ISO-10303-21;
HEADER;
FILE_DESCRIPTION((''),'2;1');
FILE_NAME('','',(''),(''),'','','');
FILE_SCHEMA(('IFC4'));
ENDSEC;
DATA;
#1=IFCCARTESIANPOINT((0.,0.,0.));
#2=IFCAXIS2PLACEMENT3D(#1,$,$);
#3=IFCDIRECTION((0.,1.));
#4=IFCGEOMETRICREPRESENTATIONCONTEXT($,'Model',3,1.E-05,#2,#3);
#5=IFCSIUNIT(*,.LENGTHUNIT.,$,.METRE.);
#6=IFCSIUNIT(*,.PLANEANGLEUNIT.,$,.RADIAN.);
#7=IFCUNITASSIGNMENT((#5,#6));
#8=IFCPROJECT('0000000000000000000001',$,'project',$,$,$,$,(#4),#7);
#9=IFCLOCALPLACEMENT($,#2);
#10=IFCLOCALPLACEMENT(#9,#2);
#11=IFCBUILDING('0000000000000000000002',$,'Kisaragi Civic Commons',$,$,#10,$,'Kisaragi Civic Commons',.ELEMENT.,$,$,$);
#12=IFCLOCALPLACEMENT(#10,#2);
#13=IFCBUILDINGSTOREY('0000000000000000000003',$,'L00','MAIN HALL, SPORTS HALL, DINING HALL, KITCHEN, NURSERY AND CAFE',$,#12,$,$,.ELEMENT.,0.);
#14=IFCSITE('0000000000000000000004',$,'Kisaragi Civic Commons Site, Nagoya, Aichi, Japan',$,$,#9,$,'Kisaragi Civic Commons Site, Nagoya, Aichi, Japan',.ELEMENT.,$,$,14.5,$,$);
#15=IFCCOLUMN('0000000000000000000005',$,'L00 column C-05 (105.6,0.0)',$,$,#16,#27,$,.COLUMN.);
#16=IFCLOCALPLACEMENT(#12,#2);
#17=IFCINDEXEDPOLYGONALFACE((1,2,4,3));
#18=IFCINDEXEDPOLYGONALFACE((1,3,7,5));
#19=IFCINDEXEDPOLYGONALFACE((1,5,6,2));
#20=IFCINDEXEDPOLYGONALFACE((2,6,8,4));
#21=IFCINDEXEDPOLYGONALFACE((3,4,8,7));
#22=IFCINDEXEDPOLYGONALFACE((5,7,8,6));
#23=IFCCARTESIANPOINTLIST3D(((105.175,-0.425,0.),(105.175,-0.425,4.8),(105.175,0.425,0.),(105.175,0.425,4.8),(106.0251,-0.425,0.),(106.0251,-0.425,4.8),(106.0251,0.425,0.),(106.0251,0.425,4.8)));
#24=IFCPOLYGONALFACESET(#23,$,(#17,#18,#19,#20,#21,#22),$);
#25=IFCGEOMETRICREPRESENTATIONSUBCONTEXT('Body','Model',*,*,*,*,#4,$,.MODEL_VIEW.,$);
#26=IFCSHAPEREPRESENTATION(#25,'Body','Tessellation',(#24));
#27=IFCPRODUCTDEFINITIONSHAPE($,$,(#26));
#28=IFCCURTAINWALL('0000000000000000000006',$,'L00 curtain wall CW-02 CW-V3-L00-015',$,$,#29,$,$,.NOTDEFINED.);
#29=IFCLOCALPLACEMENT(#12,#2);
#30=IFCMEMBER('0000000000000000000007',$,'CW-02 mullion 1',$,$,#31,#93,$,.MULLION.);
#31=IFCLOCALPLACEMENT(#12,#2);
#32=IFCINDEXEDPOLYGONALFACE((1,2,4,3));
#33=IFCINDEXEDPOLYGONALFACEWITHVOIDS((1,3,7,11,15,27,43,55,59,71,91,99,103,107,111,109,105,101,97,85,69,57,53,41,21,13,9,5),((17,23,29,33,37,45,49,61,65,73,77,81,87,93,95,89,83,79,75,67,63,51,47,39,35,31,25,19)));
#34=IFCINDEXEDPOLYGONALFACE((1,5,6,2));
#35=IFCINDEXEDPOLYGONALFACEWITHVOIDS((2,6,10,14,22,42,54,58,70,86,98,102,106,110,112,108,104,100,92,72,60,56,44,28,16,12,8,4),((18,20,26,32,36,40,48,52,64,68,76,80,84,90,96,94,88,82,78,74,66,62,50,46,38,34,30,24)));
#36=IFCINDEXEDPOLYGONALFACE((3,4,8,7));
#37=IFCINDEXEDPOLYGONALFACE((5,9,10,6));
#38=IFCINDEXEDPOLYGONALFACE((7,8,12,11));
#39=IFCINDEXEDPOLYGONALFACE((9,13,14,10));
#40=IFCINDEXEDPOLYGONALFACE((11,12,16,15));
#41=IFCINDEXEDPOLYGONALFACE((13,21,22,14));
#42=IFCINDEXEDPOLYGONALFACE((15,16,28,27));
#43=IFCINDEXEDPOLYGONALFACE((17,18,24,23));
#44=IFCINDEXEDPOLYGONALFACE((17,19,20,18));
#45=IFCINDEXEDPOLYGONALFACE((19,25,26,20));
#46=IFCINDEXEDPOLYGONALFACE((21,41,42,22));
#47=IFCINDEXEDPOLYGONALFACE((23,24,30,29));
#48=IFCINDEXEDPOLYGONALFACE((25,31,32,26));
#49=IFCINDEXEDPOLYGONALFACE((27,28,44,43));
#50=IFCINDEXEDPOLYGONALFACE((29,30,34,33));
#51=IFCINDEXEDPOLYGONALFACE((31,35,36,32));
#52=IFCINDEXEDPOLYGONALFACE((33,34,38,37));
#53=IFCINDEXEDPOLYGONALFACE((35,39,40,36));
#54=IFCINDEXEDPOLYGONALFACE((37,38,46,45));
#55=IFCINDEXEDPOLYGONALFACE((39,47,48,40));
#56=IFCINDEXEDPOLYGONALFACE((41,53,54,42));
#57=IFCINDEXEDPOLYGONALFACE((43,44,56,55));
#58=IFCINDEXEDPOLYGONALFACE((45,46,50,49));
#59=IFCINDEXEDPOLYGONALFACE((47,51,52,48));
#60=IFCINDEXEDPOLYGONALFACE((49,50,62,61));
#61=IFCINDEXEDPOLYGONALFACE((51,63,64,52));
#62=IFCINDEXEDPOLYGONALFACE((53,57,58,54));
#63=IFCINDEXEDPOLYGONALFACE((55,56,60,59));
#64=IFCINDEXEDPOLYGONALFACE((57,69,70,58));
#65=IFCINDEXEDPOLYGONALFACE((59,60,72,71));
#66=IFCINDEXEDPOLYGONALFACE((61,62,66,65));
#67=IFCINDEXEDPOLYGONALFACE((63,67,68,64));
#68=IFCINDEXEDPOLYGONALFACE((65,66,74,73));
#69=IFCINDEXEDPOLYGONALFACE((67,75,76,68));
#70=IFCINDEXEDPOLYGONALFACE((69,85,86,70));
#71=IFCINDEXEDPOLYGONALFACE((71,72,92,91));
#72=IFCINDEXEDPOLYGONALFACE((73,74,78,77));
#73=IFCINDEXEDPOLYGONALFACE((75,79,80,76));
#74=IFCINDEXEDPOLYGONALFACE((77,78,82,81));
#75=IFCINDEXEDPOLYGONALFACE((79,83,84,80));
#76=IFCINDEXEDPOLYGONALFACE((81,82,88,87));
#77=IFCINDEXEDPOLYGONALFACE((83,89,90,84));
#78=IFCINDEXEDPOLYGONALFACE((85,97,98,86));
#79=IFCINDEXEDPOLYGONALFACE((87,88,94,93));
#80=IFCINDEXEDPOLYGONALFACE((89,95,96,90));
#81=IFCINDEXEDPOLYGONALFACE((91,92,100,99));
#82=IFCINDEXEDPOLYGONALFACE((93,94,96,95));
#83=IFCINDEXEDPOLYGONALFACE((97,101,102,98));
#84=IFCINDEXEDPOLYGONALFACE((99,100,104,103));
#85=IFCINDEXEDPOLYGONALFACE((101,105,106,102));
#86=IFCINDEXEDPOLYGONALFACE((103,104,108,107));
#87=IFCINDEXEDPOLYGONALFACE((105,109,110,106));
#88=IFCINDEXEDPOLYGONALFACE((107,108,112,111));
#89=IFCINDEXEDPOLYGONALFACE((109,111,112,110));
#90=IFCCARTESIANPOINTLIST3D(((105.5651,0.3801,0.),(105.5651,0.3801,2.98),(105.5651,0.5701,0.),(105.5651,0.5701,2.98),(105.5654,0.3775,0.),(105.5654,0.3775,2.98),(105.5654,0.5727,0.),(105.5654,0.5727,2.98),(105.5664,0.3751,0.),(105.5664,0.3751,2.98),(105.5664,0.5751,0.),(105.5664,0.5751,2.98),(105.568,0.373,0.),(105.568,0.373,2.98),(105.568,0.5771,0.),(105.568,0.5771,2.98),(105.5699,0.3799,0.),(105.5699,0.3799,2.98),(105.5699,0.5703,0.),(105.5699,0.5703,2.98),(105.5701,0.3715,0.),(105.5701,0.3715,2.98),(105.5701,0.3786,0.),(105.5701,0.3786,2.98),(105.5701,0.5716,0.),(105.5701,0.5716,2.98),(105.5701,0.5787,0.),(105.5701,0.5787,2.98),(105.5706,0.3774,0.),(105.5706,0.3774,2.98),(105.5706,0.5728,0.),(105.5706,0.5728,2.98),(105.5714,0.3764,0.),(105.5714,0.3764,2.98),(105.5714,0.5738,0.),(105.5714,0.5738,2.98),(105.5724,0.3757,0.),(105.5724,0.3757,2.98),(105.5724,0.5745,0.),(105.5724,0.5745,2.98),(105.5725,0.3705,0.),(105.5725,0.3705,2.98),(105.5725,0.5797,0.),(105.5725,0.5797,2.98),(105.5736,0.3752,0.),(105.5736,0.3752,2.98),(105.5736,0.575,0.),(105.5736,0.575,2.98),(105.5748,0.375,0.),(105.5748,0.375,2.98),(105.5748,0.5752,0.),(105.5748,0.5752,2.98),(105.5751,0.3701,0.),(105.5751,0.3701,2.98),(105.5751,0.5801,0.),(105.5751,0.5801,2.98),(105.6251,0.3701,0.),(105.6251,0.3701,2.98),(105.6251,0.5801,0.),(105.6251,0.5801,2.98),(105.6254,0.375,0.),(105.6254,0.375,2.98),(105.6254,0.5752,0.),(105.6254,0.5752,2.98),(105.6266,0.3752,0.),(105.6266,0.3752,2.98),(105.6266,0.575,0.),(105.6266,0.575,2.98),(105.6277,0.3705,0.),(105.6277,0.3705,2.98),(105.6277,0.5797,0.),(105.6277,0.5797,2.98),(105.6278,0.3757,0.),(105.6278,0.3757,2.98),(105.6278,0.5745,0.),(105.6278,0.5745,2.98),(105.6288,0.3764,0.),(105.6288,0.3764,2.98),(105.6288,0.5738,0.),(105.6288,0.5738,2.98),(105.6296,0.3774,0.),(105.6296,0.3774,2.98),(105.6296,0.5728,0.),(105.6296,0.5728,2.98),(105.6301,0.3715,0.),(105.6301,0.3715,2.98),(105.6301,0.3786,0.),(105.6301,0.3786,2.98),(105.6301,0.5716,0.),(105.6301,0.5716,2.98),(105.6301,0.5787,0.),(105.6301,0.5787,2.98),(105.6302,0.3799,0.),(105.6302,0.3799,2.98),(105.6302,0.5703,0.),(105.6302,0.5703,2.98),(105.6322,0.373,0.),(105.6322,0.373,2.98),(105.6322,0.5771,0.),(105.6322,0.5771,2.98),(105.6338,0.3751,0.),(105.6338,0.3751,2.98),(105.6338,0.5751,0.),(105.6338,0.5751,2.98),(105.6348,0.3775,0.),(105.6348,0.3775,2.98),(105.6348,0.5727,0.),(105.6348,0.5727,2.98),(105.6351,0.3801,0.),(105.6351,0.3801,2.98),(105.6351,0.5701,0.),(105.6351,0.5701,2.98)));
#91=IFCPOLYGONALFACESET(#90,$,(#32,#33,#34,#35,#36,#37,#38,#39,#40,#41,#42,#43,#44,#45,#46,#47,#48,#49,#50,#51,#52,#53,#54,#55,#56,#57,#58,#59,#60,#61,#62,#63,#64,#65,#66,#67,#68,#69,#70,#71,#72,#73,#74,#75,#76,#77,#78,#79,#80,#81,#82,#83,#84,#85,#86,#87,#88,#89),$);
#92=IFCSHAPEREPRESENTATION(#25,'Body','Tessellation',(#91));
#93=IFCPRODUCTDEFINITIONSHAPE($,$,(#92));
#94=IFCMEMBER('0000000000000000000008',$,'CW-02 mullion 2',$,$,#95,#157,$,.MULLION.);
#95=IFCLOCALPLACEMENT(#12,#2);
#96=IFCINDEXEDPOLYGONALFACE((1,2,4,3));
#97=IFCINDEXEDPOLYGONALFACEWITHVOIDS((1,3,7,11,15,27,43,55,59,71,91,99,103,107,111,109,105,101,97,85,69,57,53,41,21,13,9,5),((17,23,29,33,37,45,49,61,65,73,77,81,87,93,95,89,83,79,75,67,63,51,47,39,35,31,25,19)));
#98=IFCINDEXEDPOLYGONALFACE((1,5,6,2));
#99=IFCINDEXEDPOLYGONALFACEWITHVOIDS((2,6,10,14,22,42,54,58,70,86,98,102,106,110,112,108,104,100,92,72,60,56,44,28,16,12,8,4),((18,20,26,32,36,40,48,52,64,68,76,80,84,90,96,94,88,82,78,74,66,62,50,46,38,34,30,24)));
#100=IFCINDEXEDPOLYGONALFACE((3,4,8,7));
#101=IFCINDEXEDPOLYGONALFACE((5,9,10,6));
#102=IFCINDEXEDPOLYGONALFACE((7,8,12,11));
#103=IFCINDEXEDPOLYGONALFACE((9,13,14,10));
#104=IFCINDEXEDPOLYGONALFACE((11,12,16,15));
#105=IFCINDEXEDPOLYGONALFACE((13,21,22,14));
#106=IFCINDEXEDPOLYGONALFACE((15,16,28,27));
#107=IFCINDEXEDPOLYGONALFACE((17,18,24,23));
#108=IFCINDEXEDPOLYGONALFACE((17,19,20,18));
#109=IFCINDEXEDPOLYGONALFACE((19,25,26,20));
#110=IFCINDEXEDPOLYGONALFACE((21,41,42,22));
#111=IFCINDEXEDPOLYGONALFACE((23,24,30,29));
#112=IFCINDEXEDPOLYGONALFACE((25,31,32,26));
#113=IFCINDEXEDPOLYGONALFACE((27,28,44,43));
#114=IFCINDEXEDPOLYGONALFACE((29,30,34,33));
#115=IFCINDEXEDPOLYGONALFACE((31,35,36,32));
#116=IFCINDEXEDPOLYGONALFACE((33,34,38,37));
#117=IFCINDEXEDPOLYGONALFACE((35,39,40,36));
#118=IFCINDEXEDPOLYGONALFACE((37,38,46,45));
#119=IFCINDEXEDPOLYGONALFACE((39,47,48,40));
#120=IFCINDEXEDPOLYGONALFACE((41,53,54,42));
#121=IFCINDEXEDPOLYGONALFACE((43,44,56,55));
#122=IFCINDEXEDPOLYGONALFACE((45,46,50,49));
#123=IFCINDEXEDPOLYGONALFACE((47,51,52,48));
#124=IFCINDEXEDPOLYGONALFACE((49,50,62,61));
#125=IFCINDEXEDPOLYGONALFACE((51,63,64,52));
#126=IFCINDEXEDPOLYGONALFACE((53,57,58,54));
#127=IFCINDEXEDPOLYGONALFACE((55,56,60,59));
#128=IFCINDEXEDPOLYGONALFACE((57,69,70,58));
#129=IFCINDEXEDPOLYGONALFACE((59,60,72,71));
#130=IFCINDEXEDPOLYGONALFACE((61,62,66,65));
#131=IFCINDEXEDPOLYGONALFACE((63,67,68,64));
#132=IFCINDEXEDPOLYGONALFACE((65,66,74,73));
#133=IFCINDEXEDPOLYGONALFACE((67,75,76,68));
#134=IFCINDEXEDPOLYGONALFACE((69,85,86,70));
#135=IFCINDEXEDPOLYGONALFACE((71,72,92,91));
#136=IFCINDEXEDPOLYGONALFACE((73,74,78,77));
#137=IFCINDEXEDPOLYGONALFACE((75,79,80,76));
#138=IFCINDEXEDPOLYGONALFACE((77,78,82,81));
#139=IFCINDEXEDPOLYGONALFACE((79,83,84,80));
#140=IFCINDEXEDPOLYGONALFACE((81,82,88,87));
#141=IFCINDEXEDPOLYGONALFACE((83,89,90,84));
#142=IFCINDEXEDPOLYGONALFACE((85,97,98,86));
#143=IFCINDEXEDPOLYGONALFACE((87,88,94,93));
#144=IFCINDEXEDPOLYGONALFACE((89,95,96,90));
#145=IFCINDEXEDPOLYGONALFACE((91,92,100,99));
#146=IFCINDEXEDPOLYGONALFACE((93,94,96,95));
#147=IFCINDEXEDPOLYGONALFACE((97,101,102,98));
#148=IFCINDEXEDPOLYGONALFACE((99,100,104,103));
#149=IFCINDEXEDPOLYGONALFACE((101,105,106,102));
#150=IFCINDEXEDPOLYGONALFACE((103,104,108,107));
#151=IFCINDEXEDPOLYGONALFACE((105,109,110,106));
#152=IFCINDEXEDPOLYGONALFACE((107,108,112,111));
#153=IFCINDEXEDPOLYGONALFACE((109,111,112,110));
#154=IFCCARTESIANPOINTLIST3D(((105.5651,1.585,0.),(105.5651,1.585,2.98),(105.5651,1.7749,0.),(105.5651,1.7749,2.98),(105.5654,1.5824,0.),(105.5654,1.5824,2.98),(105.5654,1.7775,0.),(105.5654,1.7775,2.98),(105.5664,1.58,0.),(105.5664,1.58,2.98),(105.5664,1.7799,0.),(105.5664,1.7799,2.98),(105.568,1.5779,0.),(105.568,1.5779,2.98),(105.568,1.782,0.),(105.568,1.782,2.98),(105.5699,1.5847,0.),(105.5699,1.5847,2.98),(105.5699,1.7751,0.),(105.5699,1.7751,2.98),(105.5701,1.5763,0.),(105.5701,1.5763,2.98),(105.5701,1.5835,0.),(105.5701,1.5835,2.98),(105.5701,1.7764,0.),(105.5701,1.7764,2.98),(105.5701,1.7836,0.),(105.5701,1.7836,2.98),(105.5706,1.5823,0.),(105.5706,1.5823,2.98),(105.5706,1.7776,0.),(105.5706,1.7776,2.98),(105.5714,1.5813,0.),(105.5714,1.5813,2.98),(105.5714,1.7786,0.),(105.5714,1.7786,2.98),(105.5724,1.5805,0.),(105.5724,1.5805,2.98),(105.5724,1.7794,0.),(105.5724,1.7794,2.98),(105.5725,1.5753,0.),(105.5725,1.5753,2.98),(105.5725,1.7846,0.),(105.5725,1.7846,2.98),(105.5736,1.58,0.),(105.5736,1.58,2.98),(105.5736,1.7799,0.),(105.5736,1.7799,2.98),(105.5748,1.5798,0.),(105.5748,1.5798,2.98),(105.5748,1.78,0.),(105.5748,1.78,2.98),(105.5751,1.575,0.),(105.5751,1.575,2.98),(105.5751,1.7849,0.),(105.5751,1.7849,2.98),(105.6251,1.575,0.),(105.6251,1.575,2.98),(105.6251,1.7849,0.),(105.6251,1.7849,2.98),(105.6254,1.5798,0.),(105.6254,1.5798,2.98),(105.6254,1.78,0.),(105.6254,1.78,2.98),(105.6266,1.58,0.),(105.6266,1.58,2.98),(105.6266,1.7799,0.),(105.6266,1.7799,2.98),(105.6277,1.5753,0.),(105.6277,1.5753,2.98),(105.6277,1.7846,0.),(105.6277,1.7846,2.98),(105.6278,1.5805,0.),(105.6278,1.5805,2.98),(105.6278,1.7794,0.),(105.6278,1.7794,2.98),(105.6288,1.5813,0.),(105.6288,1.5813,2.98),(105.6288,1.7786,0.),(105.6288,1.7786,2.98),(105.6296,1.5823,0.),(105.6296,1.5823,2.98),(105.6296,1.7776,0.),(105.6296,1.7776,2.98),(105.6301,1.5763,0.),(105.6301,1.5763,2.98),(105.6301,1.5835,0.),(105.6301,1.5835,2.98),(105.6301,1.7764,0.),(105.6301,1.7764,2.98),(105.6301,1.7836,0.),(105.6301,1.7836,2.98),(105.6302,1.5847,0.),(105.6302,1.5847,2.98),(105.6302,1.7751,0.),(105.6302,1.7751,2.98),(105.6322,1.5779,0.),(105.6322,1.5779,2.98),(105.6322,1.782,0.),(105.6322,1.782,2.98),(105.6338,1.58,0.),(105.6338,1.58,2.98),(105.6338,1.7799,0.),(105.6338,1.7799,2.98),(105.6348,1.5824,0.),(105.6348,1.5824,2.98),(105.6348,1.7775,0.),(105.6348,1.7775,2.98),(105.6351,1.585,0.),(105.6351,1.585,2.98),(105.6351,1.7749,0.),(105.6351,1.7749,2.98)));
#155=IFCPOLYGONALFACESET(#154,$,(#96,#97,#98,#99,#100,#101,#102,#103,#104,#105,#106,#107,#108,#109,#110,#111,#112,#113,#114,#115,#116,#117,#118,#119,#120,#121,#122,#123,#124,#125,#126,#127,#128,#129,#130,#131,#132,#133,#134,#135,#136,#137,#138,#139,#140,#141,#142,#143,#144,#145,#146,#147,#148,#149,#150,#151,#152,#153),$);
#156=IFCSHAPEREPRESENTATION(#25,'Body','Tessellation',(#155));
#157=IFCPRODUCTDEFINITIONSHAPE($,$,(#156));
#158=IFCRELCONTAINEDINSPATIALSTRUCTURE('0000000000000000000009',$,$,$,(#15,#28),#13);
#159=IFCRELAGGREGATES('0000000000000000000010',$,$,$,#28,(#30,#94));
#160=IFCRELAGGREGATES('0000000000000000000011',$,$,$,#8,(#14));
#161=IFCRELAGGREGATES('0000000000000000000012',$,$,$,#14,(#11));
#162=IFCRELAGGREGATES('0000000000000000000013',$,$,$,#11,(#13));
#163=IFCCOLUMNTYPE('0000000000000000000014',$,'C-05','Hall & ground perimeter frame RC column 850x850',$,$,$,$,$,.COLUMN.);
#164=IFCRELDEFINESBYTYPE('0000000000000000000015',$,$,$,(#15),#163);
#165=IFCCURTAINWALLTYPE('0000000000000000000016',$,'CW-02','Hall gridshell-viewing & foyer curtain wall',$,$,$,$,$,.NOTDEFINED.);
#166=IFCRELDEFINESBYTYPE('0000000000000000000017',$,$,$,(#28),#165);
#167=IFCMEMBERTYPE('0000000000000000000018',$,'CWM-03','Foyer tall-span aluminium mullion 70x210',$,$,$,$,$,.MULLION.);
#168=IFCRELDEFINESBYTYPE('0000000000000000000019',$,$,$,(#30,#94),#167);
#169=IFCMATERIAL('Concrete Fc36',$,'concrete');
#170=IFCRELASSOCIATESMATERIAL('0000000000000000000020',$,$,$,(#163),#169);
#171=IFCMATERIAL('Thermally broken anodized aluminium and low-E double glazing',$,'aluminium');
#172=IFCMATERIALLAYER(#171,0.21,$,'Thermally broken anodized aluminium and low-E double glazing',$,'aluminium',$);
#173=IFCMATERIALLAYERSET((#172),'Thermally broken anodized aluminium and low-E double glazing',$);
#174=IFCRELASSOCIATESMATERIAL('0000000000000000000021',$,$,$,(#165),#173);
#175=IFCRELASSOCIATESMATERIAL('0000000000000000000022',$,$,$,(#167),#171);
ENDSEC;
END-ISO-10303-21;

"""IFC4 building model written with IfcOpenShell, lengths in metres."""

from ifc_helpers import new_model, si_unit, direction, frame, origin, origin_2d, place, context, subcontext, project, spatial, rectangle, hollow_rectangle, extrude, material, layer, layer_set, material_profile, profile_set, type_object, element, aggregate, save


model = new_model("IFC4")

# Units and contexts
model_context = context("Model", 3, precision=1e-05, world=origin(), true_north=direction((0.0, 1.0)))
body_context = subcontext(model_context, "Body", "Model", "MODEL_VIEW")
ifc_project = project(units=[si_unit("LENGTHUNIT", "METRE"), si_unit("PLANEANGLEUNIT", "RADIAN")], contexts=[model_context])

# Site, building, storey
site_placement = place(None, origin())
site = spatial("IfcSite", under=ifc_project, at=site_placement, Name="Kisaragi Civic Commons Site, Nagoya, Aichi, Japan", LongName="Kisaragi Civic Commons Site, Nagoya, Aichi, Japan", CompositionType="ELEMENT", RefElevation=14.5)
building_placement = place(site_placement, origin())
building = spatial("IfcBuilding", under=site, at=building_placement, Name="Kisaragi Civic Commons", LongName="Kisaragi Civic Commons", CompositionType="ELEMENT")
storey_placement = place(building_placement, origin())
storey = spatial("IfcBuildingStorey", under=building, at=storey_placement, Name="L00", Description="MAIN HALL, SPORTS HALL, DINING HALL, KITCHEN, NURSERY AND CAFE", CompositionType="ELEMENT", Elevation=0.0)

# Column
ifc_material_1 = material(Name="Concrete Fc36", Category="concrete")
ifc_material_profile_1 = material_profile(ifc_material_1, rectangle(XDim=0.8501, YDim=0.8501, at=origin_2d()), Name="RC-850x850", Category="concrete")
ifc_profile_set_1 = profile_set([ifc_material_profile_1], Name="Concrete Fc36")
column_type = type_object("IfcColumnType", Name="C-05", Description="Hall & ground perimeter frame RC column 850x850", PredefinedType="COLUMN", material=ifc_profile_set_1)
column_placement = place(storey_placement, frame((105.6001, 0.0, 0.0), z_axis=(0.0, 0.0, 1.0), x_axis=(1.0, 0.0, 0.0)))
element("IfcColumn", 1, at=column_placement, inside=storey, type_object=column_type, Name="L00 column C-05 (105.6,0.0)", PredefinedType="COLUMN", context=body_context, shape_type="SweptSolid", body=[
    extrude(rectangle(XDim=0.8501, YDim=0.8501, at=origin_2d()), origin(), (0.0, 0.0, 1.0), 4.8),
])

# Curtain wall, members
ifc_material_2 = material(Name="Thermally broken anodized aluminium and low-E double glazing", Category="aluminium")
ifc_layer_1 = layer(ifc_material_2, 0.21, Name="Thermally broken anodized aluminium and low-E double glazing", Category="aluminium")
ifc_layer_set_1 = layer_set([ifc_layer_1], Name="Thermally broken anodized aluminium and low-E double glazing")
curtain_wall_type = type_object("IfcCurtainWallType", Name="CW-02", Description="Hall gridshell-viewing & foyer curtain wall", PredefinedType="NOTDEFINED", material=ifc_layer_set_1)
curtain_wall_1_placement = place(storey_placement, origin())
curtain_wall_1 = element("IfcCurtainWall", 2, at=curtain_wall_1_placement, inside=storey, type_object=curtain_wall_type, Name="L00 curtain wall CW-02 CW-V3-L00-015", PredefinedType="NOTDEFINED")
ifc_material_profile_2 = material_profile(ifc_material_2, hollow_rectangle(XDim=0.0701, YDim=0.21, WallThickness=0.0049, InnerFilletRadius=0.0049, OuterFilletRadius=0.01, at=origin_2d()), Name="CWM-70x210x5", Category="aluminium")
ifc_profile_set_2 = profile_set([ifc_material_profile_2], Name="Thermally broken anodized aluminium and low-E double glazing")
member_type_1 = type_object("IfcMemberType", Name="CWM-03", Description="Foyer tall-span aluminium mullion 70x210", PredefinedType="MULLION", material=ifc_profile_set_2)
member_1_placement = place(storey_placement, frame((105.6001, 0.4751, 0.0), z_axis=(0.0, 0.0, 1.0), x_axis=(-1.0, 0.0, 0.0)))
member_1 = element("IfcMember", 3, at=member_1_placement, type_object=member_type_1, Name="CW-02 mullion 1", PredefinedType="MULLION", context=body_context, shape_type="SweptSolid", body=[
    extrude(hollow_rectangle(XDim=0.0701, YDim=0.21, WallThickness=0.0049, InnerFilletRadius=0.0049, OuterFilletRadius=0.01, at=origin_2d()), origin(), (0.0, 0.0, 1.0), 2.98),
])
member_2_placement = place(storey_placement, frame((105.6001, 1.6799, 0.0), z_axis=(0.0, 0.0, 1.0), x_axis=(-1.0, 0.0, 0.0)))
member_2 = element("IfcMember", 4, at=member_2_placement, type_object=member_type_1, Name="CW-02 mullion 2", PredefinedType="MULLION", context=body_context, shape_type="SweptSolid", body=[
    extrude(hollow_rectangle(XDim=0.0701, YDim=0.21, WallThickness=0.0049, InnerFilletRadius=0.0049, OuterFilletRadius=0.01, at=origin_2d()), origin(), (0.0, 0.0, 1.0), 2.98),
])

aggregate(curtain_wall_1, [member_1, member_2])

save(model, "model.ifc")
